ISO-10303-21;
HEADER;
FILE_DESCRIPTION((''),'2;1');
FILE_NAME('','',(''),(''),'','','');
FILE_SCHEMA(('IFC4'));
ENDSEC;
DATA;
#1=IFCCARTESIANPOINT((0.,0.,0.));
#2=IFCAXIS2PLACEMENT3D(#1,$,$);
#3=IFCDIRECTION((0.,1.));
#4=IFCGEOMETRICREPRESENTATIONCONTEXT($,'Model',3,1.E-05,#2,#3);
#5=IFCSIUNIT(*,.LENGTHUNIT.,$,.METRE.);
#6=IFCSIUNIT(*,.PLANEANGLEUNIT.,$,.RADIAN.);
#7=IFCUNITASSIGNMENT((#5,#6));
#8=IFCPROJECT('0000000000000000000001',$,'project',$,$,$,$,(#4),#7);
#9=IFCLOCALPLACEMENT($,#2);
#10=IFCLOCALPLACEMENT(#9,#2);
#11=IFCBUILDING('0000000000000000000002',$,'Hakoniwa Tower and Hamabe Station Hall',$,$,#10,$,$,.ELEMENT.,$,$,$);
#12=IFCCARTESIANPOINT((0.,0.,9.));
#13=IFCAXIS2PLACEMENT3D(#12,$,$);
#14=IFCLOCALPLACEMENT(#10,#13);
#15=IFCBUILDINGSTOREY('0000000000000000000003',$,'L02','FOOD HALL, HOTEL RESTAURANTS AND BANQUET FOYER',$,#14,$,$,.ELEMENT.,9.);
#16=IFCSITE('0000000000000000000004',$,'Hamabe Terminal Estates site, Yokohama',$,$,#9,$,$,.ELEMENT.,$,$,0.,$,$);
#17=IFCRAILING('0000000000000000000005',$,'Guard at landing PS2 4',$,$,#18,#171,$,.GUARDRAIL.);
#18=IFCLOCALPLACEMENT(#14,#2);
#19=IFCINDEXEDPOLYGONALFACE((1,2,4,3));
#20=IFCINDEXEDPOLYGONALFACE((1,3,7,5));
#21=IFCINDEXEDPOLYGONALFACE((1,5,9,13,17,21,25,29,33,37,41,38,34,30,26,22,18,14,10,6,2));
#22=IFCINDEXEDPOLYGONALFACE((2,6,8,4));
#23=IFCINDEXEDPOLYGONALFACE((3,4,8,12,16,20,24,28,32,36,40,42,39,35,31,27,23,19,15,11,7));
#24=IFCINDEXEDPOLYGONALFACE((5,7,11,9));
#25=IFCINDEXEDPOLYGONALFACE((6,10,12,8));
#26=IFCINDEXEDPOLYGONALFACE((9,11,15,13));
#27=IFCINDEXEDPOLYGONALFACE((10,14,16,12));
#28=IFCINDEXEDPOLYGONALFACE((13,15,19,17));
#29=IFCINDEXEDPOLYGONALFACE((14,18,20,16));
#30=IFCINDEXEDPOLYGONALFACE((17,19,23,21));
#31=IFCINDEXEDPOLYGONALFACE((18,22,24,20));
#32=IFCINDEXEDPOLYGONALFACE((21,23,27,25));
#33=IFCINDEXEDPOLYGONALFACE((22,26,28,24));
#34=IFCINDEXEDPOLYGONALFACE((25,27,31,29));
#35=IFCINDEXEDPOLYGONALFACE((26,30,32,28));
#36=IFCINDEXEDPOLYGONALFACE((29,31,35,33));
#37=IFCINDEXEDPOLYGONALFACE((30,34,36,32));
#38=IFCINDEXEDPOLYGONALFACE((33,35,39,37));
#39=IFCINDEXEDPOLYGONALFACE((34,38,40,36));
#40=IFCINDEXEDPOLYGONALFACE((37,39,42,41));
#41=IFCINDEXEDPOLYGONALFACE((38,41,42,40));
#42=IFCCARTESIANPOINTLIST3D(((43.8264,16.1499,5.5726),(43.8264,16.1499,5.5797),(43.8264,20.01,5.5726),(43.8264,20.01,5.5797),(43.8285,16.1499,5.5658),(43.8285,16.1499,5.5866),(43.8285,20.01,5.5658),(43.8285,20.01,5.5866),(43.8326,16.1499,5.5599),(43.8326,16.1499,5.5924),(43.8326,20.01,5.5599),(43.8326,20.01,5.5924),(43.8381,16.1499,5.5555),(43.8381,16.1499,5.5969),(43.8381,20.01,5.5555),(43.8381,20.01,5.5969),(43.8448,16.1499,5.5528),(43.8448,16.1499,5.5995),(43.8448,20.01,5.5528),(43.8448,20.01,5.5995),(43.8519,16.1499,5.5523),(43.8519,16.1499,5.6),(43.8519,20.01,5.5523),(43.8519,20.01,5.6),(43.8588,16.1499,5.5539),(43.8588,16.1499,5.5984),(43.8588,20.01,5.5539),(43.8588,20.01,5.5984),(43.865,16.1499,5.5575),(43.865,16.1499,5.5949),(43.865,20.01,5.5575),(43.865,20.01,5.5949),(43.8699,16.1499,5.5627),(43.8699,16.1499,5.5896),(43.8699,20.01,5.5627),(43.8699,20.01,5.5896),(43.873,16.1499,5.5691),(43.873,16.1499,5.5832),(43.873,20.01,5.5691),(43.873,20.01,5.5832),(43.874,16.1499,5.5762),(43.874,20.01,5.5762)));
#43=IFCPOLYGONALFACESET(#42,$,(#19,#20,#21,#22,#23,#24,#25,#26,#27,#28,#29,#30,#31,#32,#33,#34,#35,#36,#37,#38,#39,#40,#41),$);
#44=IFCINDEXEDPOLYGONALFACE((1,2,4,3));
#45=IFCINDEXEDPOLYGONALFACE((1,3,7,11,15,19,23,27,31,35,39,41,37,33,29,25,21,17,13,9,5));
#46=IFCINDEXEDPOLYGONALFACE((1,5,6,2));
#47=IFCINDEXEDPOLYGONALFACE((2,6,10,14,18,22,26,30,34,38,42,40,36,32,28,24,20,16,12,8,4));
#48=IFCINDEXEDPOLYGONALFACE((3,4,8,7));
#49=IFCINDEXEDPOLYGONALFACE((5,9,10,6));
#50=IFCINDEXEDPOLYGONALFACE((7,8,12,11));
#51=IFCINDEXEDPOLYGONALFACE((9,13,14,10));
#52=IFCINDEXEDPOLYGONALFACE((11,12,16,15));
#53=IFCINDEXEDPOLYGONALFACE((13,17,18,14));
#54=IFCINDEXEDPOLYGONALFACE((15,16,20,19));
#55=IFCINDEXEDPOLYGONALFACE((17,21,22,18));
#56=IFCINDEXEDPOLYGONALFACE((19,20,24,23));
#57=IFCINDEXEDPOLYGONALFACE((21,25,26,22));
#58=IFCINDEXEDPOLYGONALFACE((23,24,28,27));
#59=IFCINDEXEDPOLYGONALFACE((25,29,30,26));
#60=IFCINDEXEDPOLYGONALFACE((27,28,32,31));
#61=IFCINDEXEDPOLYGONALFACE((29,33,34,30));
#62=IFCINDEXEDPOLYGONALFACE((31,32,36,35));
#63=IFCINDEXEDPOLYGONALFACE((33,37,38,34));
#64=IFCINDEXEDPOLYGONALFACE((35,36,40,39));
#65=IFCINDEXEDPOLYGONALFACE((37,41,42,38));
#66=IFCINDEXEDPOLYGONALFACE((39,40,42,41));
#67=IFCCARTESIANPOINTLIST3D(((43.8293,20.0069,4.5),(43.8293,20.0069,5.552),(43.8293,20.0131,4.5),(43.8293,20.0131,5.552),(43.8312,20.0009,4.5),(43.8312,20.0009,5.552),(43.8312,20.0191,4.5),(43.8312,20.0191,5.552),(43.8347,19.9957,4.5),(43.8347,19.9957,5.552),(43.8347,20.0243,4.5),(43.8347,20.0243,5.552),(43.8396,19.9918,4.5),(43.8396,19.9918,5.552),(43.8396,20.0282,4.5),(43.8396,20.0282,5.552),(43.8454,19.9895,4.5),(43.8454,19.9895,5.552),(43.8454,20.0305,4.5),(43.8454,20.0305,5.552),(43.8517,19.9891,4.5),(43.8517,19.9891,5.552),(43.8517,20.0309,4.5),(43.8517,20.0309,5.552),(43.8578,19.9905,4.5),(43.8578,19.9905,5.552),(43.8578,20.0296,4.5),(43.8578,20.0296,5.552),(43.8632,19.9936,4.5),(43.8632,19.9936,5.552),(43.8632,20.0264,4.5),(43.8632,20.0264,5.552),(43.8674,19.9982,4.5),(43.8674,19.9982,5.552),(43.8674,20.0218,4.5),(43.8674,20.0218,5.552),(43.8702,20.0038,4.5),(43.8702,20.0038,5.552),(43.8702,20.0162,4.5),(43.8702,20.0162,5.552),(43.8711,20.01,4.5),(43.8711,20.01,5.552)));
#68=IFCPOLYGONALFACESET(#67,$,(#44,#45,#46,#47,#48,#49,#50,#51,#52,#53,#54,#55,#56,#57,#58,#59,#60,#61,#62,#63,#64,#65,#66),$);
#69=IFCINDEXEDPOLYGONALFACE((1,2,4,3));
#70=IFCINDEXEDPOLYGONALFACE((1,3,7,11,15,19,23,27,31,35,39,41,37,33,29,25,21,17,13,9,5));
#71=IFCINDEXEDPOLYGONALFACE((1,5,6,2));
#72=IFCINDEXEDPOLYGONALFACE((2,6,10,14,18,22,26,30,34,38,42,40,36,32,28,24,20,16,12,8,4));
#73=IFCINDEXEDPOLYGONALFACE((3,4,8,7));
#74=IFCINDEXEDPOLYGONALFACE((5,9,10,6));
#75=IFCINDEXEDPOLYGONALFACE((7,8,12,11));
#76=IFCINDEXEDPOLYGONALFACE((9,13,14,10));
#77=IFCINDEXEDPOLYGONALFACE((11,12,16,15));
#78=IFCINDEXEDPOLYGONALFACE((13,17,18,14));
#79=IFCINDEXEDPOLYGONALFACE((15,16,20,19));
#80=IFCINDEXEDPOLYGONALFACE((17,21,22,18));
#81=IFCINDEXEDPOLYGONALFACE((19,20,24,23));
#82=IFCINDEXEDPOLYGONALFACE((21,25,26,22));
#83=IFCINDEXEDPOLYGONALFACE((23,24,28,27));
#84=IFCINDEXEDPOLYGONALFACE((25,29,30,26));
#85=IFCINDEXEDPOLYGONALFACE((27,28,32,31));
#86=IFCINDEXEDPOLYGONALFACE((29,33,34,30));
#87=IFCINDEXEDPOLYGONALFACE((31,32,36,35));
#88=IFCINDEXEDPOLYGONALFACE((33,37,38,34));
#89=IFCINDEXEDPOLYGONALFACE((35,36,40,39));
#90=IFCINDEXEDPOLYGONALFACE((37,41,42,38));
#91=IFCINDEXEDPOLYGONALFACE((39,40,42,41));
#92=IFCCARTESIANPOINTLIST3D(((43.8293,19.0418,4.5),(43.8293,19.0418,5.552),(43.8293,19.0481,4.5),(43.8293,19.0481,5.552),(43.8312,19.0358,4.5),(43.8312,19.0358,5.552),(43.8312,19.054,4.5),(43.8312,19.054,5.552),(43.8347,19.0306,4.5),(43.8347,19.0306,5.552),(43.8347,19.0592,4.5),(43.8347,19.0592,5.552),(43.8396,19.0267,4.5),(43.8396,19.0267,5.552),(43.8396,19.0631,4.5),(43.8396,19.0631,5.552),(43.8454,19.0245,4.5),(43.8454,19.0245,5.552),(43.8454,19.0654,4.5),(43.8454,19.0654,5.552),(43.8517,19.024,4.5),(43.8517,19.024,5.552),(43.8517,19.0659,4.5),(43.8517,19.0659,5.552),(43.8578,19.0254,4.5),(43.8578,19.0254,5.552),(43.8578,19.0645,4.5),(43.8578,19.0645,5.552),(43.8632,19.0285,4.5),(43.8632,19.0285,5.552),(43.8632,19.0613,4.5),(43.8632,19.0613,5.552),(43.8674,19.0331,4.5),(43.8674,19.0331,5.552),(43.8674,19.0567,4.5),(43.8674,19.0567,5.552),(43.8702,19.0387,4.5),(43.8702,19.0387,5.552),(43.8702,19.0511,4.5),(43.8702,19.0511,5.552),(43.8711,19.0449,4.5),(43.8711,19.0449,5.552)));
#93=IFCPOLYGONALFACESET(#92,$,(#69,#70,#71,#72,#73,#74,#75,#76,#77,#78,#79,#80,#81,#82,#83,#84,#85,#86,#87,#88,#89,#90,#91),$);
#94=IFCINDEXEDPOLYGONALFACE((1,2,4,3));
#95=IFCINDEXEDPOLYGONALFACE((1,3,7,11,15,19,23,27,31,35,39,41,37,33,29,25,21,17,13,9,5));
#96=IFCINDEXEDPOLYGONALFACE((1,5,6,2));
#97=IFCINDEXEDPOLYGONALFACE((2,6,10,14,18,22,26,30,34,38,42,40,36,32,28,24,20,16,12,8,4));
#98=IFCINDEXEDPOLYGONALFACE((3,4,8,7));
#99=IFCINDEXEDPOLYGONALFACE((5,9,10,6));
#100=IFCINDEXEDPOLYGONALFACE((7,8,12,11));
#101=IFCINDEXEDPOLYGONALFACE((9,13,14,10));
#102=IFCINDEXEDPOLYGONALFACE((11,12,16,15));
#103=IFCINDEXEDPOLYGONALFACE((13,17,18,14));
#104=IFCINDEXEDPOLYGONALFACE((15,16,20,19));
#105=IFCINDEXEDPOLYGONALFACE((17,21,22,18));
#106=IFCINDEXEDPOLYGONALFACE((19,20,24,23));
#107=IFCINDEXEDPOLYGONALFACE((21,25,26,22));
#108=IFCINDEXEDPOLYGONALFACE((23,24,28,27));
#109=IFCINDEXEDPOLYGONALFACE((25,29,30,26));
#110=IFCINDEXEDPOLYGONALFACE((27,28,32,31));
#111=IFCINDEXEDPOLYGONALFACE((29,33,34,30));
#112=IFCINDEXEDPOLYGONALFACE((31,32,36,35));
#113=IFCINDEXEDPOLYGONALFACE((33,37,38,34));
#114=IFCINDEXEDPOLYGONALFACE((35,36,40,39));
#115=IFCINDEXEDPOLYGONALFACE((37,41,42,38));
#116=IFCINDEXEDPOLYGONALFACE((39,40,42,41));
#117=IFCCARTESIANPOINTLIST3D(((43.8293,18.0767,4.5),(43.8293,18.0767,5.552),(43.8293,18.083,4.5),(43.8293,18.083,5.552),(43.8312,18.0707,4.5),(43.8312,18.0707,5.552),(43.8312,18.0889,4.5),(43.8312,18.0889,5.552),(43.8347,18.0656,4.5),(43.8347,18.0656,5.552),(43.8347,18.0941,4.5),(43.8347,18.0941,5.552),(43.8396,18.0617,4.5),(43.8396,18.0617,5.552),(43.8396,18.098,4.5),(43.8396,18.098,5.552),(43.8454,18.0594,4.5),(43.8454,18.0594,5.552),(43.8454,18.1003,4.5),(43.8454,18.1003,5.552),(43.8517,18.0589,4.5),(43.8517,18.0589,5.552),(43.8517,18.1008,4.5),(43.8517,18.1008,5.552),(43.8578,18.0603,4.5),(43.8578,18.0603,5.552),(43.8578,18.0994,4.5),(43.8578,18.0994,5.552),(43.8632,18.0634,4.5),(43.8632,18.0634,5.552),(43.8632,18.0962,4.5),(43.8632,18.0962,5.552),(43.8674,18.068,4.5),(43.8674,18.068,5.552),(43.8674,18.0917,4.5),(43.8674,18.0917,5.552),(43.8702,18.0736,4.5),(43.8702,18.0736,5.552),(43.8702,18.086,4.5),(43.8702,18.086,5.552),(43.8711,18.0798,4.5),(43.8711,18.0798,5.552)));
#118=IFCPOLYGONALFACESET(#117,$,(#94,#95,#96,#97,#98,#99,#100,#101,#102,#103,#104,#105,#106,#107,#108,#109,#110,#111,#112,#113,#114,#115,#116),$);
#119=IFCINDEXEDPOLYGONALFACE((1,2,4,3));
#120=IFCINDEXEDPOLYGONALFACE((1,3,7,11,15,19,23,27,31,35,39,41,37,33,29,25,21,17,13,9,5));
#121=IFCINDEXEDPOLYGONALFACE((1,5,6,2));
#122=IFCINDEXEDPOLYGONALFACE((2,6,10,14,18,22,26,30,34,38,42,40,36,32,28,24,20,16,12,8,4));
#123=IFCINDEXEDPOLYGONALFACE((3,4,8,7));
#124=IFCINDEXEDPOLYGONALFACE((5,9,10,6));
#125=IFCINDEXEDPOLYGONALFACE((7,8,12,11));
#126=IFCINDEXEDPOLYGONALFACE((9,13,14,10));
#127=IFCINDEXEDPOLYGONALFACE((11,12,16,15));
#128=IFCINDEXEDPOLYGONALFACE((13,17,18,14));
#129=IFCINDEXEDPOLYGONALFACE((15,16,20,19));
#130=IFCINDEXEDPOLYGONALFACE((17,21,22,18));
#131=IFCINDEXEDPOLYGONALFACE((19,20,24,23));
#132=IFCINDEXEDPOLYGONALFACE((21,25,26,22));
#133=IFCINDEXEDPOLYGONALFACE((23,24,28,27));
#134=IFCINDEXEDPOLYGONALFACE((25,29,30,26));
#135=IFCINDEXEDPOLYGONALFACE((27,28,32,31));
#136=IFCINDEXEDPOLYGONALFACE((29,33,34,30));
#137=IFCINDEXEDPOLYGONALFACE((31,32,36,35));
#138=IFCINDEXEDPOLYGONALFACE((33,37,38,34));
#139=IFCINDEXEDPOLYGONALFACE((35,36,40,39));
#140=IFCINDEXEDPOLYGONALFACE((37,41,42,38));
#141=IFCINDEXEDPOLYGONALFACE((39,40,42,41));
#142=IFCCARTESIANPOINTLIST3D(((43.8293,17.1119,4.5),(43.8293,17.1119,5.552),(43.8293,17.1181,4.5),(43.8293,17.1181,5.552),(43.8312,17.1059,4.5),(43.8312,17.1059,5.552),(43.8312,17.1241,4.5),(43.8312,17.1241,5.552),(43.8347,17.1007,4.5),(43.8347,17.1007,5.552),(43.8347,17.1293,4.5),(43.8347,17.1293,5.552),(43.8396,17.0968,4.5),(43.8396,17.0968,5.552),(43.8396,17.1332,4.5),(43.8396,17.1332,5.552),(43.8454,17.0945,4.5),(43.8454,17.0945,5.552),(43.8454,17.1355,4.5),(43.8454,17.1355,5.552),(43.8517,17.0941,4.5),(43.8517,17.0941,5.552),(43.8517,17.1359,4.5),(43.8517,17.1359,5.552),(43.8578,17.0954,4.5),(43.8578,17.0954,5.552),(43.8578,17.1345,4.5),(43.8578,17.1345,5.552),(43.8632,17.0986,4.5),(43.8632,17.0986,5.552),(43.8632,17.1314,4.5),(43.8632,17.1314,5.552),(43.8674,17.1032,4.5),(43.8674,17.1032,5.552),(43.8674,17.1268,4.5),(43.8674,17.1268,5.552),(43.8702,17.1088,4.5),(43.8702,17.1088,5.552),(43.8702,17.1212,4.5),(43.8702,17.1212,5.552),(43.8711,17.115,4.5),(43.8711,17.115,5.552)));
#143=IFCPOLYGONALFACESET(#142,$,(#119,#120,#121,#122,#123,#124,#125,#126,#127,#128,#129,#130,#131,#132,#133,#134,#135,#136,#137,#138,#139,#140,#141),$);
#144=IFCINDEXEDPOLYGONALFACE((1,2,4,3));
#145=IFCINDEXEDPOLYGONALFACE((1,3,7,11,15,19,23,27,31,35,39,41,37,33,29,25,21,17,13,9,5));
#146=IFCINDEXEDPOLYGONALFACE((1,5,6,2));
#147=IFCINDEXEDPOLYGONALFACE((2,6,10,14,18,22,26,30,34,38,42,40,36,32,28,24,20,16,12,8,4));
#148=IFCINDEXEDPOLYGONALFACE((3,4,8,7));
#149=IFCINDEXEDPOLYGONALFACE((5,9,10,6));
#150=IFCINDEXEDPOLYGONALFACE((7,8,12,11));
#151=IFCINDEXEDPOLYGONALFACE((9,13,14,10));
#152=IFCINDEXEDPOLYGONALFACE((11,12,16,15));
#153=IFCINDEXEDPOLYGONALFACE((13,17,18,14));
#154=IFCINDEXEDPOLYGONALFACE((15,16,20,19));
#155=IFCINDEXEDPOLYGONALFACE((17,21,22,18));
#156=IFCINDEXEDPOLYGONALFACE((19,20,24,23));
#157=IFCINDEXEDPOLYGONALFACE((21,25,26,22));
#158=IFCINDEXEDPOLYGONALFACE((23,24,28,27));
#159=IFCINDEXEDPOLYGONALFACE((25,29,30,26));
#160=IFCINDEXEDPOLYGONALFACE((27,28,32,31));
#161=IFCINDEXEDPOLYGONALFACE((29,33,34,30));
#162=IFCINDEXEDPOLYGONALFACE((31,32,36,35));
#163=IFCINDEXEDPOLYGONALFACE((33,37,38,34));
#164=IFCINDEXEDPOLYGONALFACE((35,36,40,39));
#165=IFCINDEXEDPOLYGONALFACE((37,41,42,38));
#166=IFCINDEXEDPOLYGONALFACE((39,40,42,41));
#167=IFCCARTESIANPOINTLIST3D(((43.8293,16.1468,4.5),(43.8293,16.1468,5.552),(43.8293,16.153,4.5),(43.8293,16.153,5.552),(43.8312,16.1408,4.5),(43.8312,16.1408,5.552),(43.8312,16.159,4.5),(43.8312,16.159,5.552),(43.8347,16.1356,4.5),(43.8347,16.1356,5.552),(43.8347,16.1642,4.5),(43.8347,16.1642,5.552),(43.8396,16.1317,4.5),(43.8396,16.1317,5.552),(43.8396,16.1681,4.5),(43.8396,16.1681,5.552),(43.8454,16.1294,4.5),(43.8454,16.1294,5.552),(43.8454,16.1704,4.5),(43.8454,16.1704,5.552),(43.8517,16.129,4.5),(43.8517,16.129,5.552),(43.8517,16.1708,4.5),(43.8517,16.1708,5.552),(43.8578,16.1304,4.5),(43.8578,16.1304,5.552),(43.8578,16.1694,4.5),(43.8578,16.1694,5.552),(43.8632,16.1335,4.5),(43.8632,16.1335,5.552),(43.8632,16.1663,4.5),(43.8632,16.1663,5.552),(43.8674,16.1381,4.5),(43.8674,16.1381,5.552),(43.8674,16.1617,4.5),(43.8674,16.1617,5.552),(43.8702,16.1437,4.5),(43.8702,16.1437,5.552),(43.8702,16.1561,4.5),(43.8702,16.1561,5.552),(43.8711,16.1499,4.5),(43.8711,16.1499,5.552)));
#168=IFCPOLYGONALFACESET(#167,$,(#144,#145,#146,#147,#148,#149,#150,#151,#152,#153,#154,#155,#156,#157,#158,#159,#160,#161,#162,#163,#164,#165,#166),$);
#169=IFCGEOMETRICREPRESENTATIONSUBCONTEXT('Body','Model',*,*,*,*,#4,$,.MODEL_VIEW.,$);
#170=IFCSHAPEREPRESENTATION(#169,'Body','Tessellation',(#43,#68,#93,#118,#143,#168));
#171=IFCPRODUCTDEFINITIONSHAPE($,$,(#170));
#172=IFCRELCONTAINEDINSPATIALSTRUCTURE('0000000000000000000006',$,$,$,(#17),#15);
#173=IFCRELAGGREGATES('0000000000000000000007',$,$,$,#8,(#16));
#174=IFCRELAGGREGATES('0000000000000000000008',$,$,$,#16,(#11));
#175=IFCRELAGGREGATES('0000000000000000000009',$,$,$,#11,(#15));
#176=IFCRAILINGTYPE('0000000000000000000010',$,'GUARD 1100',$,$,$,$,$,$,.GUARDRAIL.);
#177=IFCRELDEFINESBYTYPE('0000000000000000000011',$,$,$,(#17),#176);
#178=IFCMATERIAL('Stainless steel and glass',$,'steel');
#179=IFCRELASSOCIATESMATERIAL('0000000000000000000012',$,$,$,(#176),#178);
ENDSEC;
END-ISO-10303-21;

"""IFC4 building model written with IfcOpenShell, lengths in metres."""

from ifc_helpers import new_model, si_unit, direction, frame, origin, origin_2d, place, context, subcontext, project, spatial, circle, extrude, material, type_object, element, save


model = new_model("IFC4")

# Units and contexts
model_context = context("Model", 3, precision=1e-05, world=origin(), true_north=direction((0.0, 1.0)))
body_context = subcontext(model_context, "Body", "Model", "MODEL_VIEW")
ifc_project = project(units=[si_unit("LENGTHUNIT", "METRE"), si_unit("PLANEANGLEUNIT", "RADIAN")], contexts=[model_context])

# Site, building, storey
site_placement = place(None, origin())
site = spatial("IfcSite", under=ifc_project, at=site_placement, Name="Hamabe Terminal Estates site, Yokohama", CompositionType="ELEMENT", RefElevation=0.0)
building_placement = place(site_placement, origin())
building = spatial("IfcBuilding", under=site, at=building_placement, Name="Hakoniwa Tower and Hamabe Station Hall", CompositionType="ELEMENT")
storey_placement = place(building_placement, frame((0.0, 0.0, 9.0)))
storey = spatial("IfcBuildingStorey", under=building, at=storey_placement, Name="L02", Description="FOOD HALL, HOTEL RESTAURANTS AND BANQUET FOYER", CompositionType="ELEMENT", Elevation=9.0)

# Railing
ifc_material_1 = material(Name="Stainless steel and glass", Category="steel")
railing_type_1 = type_object("IfcRailingType", Name="GUARD 1100", PredefinedType="GUARDRAIL", material=ifc_material_1)
railing_1_placement = place(storey_placement, frame((43.8501, 20.01, 4.5)))
element("IfcRailing", 1, at=railing_1_placement, inside=storey, type_object=railing_type_1, Name="Guard at landing PS2 4", PredefinedType="GUARDRAIL", context=body_context, shape_type="SweptSolid", body=[
    extrude(circle(Radius=0.0239, at=origin_2d()), frame((0.0, 0.0, 1.0762), z_axis=(0.0, -1.0, 0.0), x_axis=(1.0, 0.0, 0.0)), (0.0, 0.0, 1.0), 3.8601),
    extrude(circle(Radius=0.021, at=origin_2d()), origin(), (0.0, 0.0, 1.0), 1.052),
    extrude(circle(Radius=0.021, at=origin_2d()), frame((0.0, -0.9651, 0.0)), (0.0, 0.0, 1.0), 1.052),
    extrude(circle(Radius=0.021, at=origin_2d()), frame((0.0, -1.9302, 0.0)), (0.0, 0.0, 1.0), 1.052),
    extrude(circle(Radius=0.021, at=origin_2d()), frame((0.0, -2.895, 0.0)), (0.0, 0.0, 1.0), 1.052),
    extrude(circle(Radius=0.021, at=origin_2d()), frame((0.0, -3.8601, 0.0)), (0.0, 0.0, 1.0), 1.052),
])

save(model, "model.ifc")
